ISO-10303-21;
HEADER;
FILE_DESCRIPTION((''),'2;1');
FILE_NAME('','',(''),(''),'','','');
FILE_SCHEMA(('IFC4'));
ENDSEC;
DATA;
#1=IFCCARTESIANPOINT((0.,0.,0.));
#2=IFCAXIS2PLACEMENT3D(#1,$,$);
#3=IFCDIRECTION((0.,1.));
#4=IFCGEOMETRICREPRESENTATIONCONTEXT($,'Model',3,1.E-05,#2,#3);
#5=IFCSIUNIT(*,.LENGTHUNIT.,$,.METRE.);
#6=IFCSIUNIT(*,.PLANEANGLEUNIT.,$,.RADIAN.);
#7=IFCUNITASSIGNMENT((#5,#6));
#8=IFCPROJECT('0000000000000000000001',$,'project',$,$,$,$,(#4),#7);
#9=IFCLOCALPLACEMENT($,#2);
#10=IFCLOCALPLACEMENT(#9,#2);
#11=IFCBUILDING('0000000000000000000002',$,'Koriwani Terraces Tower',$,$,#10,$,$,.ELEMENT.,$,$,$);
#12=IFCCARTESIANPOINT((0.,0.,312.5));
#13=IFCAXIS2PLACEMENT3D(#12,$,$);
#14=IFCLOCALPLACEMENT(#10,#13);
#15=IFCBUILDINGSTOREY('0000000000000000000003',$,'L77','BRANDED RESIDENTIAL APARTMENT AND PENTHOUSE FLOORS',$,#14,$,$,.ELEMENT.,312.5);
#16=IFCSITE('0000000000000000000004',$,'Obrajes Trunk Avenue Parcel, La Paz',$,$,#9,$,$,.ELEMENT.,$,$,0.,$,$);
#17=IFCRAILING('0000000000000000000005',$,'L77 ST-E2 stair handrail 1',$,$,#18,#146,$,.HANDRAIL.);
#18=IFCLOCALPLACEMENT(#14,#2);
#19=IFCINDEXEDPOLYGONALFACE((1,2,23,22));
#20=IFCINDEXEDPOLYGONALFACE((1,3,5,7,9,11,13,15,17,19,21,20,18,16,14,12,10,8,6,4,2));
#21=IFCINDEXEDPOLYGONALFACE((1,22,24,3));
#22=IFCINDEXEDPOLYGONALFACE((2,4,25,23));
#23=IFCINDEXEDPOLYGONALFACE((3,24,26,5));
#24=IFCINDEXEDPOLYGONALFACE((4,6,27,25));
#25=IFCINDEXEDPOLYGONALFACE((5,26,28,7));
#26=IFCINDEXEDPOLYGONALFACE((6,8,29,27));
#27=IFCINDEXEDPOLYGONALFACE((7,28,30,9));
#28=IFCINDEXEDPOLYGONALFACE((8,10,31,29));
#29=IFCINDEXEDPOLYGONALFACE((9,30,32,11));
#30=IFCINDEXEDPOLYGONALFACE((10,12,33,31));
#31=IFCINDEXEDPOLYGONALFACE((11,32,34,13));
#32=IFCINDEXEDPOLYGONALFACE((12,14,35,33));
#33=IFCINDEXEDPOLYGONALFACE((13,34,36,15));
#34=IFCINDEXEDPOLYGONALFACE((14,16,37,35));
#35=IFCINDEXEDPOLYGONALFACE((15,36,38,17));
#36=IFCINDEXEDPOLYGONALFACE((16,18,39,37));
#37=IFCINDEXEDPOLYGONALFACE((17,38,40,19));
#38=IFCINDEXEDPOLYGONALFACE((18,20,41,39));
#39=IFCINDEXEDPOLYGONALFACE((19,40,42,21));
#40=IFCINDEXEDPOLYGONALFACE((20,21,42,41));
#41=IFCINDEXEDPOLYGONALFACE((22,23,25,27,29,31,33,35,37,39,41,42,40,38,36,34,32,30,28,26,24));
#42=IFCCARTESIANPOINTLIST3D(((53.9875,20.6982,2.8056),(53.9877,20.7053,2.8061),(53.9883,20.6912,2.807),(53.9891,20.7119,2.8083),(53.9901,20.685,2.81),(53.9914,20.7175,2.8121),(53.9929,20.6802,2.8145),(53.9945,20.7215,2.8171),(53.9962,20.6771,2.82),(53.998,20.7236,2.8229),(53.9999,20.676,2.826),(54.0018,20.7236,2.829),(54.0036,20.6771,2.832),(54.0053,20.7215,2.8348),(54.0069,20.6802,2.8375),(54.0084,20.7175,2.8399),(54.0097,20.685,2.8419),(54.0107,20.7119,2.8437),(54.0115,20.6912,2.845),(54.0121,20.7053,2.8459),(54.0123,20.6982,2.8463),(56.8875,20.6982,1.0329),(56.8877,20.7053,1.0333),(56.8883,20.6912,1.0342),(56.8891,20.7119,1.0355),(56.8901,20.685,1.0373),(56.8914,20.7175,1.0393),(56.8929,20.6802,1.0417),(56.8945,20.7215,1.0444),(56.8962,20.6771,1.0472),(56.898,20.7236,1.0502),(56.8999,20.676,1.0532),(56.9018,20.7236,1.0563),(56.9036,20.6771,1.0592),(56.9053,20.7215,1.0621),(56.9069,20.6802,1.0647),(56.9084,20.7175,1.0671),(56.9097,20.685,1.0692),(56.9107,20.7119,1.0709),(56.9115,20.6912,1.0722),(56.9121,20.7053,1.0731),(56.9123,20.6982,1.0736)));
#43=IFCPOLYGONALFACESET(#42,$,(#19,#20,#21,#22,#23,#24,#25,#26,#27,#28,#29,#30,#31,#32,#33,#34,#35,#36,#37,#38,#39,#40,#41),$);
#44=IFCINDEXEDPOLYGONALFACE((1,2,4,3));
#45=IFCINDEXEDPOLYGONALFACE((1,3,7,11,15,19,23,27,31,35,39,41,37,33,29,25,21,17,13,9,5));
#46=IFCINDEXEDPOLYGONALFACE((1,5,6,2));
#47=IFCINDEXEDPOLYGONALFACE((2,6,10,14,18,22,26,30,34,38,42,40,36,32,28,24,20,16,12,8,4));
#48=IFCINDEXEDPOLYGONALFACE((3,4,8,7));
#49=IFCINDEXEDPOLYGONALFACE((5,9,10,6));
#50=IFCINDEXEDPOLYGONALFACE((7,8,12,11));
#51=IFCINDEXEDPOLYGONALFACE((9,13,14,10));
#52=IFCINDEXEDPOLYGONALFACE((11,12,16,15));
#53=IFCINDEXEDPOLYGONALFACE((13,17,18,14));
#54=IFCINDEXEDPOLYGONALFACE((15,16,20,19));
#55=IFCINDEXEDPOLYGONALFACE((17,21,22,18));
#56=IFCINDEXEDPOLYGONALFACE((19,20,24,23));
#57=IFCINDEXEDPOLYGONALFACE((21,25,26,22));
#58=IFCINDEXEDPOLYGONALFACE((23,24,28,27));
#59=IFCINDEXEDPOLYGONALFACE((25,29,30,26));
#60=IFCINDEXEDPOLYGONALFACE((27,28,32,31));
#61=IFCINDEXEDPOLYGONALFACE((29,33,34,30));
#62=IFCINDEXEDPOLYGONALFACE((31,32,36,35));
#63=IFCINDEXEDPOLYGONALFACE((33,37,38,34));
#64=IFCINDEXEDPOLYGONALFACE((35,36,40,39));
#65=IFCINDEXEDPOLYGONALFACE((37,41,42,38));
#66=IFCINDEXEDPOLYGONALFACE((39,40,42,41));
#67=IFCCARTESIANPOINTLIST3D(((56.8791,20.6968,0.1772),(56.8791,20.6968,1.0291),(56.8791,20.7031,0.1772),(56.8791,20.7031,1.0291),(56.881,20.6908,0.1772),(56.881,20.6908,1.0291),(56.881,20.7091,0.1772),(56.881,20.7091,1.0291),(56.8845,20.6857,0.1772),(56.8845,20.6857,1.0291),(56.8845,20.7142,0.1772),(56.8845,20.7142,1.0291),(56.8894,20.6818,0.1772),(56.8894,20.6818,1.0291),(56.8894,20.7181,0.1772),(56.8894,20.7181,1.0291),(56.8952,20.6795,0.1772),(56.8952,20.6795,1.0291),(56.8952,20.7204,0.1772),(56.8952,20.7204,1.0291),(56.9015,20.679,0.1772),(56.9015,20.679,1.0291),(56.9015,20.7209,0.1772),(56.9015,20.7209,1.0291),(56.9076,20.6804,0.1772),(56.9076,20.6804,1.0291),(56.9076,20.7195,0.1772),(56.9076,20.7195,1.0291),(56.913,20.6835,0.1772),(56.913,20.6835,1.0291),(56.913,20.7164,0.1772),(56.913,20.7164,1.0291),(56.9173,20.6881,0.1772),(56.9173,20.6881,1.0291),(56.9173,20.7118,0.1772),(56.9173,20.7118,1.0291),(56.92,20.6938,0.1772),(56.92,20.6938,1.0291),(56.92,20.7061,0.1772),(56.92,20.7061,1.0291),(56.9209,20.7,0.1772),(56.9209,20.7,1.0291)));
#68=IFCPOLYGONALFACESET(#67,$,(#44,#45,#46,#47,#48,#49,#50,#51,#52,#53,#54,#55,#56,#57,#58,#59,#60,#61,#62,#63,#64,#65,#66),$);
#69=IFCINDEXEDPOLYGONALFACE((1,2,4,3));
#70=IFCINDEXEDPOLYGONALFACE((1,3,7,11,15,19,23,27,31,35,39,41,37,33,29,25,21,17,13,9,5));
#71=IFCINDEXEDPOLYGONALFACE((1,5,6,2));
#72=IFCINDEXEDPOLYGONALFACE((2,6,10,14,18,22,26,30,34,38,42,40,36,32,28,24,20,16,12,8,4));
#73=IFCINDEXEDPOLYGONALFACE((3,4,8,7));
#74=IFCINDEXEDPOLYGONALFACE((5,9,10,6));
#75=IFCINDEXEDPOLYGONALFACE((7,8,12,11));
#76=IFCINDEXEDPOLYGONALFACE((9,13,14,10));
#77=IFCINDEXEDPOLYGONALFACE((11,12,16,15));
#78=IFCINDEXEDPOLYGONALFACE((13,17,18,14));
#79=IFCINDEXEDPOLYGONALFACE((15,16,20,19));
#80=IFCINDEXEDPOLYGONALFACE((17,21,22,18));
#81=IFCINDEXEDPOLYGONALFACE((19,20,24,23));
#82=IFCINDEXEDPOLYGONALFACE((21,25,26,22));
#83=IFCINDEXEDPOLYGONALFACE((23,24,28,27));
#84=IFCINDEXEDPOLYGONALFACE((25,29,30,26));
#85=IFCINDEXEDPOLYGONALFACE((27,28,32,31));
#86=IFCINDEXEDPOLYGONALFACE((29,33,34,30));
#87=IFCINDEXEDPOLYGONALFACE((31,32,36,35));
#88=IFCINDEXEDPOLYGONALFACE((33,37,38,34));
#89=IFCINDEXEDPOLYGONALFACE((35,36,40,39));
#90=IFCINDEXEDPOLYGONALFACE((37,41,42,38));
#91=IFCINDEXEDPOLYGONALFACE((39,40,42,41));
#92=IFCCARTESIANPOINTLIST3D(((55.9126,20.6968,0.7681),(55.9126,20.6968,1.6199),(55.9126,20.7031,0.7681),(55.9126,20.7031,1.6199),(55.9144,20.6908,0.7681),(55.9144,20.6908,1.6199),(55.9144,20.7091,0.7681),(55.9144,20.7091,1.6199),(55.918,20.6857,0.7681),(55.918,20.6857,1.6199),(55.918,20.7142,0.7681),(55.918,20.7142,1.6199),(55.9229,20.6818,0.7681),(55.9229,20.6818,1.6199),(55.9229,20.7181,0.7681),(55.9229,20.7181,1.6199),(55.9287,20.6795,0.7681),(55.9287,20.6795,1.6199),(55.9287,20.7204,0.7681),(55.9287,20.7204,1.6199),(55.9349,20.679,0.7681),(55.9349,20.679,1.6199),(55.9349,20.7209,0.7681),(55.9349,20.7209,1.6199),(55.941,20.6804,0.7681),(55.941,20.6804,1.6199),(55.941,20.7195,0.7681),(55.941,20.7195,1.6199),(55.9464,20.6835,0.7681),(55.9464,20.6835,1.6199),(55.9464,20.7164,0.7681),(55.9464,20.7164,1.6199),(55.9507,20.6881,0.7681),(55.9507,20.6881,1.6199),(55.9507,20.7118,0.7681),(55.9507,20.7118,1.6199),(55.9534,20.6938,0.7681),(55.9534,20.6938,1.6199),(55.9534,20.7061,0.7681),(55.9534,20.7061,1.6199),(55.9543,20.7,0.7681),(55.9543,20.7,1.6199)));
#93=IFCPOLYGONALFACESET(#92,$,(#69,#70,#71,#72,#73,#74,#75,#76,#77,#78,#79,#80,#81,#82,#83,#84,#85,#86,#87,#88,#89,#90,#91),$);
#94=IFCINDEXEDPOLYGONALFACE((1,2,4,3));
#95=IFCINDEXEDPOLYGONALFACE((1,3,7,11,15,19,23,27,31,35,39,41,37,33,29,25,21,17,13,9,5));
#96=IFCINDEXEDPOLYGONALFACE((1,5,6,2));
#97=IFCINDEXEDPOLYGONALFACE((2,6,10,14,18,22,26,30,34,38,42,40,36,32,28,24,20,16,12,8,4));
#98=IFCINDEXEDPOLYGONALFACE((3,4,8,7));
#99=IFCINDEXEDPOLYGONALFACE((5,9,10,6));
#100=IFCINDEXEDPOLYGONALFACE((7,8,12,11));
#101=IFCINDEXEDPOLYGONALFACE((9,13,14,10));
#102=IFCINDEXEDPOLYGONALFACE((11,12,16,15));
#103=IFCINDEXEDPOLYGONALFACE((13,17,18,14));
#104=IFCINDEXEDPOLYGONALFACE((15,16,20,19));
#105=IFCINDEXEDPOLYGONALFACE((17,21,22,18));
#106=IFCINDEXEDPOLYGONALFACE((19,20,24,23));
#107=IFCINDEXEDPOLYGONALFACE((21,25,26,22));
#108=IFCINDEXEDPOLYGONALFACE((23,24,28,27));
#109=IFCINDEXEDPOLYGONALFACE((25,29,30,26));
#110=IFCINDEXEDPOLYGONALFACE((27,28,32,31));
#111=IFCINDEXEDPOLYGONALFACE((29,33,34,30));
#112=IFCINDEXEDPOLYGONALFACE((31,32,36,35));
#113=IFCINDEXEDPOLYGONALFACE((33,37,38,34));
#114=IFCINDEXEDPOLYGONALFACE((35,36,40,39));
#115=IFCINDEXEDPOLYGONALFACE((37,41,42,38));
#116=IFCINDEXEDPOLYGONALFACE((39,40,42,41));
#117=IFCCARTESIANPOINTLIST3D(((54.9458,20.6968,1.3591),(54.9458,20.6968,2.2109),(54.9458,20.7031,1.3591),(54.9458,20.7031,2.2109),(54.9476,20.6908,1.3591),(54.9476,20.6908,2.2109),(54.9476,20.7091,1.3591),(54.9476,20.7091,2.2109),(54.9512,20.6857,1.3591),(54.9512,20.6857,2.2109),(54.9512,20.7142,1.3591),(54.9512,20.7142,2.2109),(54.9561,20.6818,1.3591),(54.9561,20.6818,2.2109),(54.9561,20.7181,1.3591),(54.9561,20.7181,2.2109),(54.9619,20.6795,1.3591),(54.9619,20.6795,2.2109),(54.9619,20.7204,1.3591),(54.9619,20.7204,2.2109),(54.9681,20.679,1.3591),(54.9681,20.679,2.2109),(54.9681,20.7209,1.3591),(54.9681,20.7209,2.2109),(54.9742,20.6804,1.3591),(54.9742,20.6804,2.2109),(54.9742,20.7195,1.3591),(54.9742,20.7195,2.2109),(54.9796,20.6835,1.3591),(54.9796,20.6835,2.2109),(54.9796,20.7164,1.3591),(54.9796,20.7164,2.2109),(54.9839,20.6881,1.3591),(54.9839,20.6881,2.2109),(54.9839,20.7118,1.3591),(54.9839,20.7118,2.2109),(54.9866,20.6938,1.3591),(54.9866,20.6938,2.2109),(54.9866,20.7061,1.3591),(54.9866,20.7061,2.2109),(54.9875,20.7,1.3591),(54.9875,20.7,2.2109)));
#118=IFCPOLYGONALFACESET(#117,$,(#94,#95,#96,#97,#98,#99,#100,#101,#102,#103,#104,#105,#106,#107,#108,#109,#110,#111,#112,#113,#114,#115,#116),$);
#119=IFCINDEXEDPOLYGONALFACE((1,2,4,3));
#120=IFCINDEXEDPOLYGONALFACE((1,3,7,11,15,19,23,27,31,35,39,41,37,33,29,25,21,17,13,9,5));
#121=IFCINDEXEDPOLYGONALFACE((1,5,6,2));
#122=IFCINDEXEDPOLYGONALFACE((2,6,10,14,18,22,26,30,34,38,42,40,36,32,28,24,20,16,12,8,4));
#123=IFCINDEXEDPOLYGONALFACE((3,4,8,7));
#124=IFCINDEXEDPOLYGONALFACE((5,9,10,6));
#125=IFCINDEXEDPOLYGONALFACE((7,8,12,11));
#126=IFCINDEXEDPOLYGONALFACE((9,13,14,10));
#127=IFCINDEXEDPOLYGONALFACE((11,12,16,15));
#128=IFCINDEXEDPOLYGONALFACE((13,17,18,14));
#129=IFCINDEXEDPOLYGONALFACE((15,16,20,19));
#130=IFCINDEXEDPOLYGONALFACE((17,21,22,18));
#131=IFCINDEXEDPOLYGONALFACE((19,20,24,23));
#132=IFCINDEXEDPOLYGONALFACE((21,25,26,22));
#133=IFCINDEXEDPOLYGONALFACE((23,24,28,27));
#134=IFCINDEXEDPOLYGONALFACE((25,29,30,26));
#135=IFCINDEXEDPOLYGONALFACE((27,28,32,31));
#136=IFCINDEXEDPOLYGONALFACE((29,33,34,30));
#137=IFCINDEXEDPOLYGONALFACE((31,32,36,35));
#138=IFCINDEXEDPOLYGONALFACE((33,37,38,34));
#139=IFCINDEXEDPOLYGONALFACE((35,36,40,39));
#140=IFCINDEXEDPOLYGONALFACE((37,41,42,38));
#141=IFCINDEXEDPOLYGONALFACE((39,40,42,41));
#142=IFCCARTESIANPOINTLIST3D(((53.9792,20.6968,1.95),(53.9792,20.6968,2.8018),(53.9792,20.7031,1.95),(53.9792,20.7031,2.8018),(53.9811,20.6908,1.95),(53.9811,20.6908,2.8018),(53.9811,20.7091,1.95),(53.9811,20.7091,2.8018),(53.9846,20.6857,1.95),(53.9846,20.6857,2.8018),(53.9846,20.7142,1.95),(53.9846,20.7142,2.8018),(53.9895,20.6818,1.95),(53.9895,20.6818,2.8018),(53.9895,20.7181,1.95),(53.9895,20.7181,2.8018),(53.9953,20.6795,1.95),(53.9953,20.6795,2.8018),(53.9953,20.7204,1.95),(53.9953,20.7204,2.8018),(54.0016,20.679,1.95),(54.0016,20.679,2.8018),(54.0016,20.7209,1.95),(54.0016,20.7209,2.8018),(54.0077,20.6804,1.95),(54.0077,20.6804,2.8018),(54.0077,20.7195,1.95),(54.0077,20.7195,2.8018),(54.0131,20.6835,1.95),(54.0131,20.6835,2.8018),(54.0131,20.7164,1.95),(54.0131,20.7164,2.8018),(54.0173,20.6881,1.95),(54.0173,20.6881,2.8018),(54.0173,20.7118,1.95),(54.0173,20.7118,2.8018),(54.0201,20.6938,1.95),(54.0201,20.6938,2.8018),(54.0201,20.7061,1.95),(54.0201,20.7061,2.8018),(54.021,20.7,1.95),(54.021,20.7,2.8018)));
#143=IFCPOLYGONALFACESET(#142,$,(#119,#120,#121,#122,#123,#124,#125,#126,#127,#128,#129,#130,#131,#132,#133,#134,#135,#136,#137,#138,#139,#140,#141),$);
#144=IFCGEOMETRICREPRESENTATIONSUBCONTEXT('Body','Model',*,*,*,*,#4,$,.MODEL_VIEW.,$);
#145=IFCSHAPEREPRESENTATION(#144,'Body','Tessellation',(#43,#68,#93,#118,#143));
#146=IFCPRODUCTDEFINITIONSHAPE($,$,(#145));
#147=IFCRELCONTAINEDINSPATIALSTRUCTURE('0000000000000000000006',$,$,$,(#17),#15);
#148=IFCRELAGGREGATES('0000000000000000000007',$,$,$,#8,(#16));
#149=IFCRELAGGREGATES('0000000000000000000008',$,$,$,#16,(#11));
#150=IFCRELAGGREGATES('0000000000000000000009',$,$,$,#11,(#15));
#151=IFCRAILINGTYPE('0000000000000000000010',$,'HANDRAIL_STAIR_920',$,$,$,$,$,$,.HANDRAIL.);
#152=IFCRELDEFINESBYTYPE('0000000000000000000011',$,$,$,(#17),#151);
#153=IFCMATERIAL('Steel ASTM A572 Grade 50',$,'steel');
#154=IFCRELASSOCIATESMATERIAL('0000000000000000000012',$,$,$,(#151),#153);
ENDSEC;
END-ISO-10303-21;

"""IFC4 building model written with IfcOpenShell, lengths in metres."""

from ifc_helpers import new_model, si_unit, direction, frame, origin, origin_2d, place, context, subcontext, project, spatial, circle, extrude, material, type_object, element, save


model = new_model("IFC4")

# Units and contexts
model_context = context("Model", 3, precision=1e-05, world=origin(), true_north=direction((0.0, 1.0)))
body_context = subcontext(model_context, "Body", "Model", "MODEL_VIEW")
ifc_project = project(units=[si_unit("LENGTHUNIT", "METRE"), si_unit("PLANEANGLEUNIT", "RADIAN")], contexts=[model_context])

# Site, building, storey
site_placement = place(None, origin())
site = spatial("IfcSite", under=ifc_project, at=site_placement, Name="Obrajes Trunk Avenue Parcel, La Paz", CompositionType="ELEMENT", RefElevation=0.0)
building_placement = place(site_placement, origin())
building = spatial("IfcBuilding", under=site, at=building_placement, Name="Koriwani Terraces Tower", CompositionType="ELEMENT")
storey_placement = place(building_placement, frame((0.0, 0.0, 312.5)))
storey = spatial("IfcBuildingStorey", under=building, at=storey_placement, Name="L77", Description="BRANDED RESIDENTIAL APARTMENT AND PENTHOUSE FLOORS", CompositionType="ELEMENT", Elevation=312.5)

# Shared definitions
ifc_material_1 = material(Name="Steel ASTM A572 Grade 50", Category="steel")

# Railing
railing_type_1 = type_object("IfcRailingType", Name="HANDRAIL_STAIR_920", PredefinedType="HANDRAIL", material=ifc_material_1)
railing_1_placement = place(storey_placement, frame((56.8999, 20.7, 0.1772)))
element("IfcRailing", 1, at=railing_1_placement, inside=storey, type_object=railing_type_1, Name="L77 ST-E2 stair handrail 1", PredefinedType="HANDRAIL", context=body_context, shape_type="SweptSolid", body=[
    extrude(circle(Radius=0.0239, at=origin_2d()), frame((0.0, 0.0, 0.876), z_axis=(-0.853211, 0.0, 0.521566), x_axis=(0.0, -1.0, 0.0)), (0.0, 0.0, 1.0), 3.3989),
    extrude(circle(Radius=0.021, at=origin_2d()), origin(), (0.0, 0.0, 1.0), 0.8518),
    extrude(circle(Radius=0.021, at=origin_2d()), frame((-0.9666, 0.0, 0.5908)), (0.0, 0.0, 1.0), 0.8518),
    extrude(circle(Radius=0.021, at=origin_2d()), frame((-1.9333, 0.0, 1.1819)), (0.0, 0.0, 1.0), 0.8518),
    extrude(circle(Radius=0.021, at=origin_2d()), frame((-2.8999, 0.0, 1.7727)), (0.0, 0.0, 1.0), 0.8518),
])

save(model, "model.ifc")
